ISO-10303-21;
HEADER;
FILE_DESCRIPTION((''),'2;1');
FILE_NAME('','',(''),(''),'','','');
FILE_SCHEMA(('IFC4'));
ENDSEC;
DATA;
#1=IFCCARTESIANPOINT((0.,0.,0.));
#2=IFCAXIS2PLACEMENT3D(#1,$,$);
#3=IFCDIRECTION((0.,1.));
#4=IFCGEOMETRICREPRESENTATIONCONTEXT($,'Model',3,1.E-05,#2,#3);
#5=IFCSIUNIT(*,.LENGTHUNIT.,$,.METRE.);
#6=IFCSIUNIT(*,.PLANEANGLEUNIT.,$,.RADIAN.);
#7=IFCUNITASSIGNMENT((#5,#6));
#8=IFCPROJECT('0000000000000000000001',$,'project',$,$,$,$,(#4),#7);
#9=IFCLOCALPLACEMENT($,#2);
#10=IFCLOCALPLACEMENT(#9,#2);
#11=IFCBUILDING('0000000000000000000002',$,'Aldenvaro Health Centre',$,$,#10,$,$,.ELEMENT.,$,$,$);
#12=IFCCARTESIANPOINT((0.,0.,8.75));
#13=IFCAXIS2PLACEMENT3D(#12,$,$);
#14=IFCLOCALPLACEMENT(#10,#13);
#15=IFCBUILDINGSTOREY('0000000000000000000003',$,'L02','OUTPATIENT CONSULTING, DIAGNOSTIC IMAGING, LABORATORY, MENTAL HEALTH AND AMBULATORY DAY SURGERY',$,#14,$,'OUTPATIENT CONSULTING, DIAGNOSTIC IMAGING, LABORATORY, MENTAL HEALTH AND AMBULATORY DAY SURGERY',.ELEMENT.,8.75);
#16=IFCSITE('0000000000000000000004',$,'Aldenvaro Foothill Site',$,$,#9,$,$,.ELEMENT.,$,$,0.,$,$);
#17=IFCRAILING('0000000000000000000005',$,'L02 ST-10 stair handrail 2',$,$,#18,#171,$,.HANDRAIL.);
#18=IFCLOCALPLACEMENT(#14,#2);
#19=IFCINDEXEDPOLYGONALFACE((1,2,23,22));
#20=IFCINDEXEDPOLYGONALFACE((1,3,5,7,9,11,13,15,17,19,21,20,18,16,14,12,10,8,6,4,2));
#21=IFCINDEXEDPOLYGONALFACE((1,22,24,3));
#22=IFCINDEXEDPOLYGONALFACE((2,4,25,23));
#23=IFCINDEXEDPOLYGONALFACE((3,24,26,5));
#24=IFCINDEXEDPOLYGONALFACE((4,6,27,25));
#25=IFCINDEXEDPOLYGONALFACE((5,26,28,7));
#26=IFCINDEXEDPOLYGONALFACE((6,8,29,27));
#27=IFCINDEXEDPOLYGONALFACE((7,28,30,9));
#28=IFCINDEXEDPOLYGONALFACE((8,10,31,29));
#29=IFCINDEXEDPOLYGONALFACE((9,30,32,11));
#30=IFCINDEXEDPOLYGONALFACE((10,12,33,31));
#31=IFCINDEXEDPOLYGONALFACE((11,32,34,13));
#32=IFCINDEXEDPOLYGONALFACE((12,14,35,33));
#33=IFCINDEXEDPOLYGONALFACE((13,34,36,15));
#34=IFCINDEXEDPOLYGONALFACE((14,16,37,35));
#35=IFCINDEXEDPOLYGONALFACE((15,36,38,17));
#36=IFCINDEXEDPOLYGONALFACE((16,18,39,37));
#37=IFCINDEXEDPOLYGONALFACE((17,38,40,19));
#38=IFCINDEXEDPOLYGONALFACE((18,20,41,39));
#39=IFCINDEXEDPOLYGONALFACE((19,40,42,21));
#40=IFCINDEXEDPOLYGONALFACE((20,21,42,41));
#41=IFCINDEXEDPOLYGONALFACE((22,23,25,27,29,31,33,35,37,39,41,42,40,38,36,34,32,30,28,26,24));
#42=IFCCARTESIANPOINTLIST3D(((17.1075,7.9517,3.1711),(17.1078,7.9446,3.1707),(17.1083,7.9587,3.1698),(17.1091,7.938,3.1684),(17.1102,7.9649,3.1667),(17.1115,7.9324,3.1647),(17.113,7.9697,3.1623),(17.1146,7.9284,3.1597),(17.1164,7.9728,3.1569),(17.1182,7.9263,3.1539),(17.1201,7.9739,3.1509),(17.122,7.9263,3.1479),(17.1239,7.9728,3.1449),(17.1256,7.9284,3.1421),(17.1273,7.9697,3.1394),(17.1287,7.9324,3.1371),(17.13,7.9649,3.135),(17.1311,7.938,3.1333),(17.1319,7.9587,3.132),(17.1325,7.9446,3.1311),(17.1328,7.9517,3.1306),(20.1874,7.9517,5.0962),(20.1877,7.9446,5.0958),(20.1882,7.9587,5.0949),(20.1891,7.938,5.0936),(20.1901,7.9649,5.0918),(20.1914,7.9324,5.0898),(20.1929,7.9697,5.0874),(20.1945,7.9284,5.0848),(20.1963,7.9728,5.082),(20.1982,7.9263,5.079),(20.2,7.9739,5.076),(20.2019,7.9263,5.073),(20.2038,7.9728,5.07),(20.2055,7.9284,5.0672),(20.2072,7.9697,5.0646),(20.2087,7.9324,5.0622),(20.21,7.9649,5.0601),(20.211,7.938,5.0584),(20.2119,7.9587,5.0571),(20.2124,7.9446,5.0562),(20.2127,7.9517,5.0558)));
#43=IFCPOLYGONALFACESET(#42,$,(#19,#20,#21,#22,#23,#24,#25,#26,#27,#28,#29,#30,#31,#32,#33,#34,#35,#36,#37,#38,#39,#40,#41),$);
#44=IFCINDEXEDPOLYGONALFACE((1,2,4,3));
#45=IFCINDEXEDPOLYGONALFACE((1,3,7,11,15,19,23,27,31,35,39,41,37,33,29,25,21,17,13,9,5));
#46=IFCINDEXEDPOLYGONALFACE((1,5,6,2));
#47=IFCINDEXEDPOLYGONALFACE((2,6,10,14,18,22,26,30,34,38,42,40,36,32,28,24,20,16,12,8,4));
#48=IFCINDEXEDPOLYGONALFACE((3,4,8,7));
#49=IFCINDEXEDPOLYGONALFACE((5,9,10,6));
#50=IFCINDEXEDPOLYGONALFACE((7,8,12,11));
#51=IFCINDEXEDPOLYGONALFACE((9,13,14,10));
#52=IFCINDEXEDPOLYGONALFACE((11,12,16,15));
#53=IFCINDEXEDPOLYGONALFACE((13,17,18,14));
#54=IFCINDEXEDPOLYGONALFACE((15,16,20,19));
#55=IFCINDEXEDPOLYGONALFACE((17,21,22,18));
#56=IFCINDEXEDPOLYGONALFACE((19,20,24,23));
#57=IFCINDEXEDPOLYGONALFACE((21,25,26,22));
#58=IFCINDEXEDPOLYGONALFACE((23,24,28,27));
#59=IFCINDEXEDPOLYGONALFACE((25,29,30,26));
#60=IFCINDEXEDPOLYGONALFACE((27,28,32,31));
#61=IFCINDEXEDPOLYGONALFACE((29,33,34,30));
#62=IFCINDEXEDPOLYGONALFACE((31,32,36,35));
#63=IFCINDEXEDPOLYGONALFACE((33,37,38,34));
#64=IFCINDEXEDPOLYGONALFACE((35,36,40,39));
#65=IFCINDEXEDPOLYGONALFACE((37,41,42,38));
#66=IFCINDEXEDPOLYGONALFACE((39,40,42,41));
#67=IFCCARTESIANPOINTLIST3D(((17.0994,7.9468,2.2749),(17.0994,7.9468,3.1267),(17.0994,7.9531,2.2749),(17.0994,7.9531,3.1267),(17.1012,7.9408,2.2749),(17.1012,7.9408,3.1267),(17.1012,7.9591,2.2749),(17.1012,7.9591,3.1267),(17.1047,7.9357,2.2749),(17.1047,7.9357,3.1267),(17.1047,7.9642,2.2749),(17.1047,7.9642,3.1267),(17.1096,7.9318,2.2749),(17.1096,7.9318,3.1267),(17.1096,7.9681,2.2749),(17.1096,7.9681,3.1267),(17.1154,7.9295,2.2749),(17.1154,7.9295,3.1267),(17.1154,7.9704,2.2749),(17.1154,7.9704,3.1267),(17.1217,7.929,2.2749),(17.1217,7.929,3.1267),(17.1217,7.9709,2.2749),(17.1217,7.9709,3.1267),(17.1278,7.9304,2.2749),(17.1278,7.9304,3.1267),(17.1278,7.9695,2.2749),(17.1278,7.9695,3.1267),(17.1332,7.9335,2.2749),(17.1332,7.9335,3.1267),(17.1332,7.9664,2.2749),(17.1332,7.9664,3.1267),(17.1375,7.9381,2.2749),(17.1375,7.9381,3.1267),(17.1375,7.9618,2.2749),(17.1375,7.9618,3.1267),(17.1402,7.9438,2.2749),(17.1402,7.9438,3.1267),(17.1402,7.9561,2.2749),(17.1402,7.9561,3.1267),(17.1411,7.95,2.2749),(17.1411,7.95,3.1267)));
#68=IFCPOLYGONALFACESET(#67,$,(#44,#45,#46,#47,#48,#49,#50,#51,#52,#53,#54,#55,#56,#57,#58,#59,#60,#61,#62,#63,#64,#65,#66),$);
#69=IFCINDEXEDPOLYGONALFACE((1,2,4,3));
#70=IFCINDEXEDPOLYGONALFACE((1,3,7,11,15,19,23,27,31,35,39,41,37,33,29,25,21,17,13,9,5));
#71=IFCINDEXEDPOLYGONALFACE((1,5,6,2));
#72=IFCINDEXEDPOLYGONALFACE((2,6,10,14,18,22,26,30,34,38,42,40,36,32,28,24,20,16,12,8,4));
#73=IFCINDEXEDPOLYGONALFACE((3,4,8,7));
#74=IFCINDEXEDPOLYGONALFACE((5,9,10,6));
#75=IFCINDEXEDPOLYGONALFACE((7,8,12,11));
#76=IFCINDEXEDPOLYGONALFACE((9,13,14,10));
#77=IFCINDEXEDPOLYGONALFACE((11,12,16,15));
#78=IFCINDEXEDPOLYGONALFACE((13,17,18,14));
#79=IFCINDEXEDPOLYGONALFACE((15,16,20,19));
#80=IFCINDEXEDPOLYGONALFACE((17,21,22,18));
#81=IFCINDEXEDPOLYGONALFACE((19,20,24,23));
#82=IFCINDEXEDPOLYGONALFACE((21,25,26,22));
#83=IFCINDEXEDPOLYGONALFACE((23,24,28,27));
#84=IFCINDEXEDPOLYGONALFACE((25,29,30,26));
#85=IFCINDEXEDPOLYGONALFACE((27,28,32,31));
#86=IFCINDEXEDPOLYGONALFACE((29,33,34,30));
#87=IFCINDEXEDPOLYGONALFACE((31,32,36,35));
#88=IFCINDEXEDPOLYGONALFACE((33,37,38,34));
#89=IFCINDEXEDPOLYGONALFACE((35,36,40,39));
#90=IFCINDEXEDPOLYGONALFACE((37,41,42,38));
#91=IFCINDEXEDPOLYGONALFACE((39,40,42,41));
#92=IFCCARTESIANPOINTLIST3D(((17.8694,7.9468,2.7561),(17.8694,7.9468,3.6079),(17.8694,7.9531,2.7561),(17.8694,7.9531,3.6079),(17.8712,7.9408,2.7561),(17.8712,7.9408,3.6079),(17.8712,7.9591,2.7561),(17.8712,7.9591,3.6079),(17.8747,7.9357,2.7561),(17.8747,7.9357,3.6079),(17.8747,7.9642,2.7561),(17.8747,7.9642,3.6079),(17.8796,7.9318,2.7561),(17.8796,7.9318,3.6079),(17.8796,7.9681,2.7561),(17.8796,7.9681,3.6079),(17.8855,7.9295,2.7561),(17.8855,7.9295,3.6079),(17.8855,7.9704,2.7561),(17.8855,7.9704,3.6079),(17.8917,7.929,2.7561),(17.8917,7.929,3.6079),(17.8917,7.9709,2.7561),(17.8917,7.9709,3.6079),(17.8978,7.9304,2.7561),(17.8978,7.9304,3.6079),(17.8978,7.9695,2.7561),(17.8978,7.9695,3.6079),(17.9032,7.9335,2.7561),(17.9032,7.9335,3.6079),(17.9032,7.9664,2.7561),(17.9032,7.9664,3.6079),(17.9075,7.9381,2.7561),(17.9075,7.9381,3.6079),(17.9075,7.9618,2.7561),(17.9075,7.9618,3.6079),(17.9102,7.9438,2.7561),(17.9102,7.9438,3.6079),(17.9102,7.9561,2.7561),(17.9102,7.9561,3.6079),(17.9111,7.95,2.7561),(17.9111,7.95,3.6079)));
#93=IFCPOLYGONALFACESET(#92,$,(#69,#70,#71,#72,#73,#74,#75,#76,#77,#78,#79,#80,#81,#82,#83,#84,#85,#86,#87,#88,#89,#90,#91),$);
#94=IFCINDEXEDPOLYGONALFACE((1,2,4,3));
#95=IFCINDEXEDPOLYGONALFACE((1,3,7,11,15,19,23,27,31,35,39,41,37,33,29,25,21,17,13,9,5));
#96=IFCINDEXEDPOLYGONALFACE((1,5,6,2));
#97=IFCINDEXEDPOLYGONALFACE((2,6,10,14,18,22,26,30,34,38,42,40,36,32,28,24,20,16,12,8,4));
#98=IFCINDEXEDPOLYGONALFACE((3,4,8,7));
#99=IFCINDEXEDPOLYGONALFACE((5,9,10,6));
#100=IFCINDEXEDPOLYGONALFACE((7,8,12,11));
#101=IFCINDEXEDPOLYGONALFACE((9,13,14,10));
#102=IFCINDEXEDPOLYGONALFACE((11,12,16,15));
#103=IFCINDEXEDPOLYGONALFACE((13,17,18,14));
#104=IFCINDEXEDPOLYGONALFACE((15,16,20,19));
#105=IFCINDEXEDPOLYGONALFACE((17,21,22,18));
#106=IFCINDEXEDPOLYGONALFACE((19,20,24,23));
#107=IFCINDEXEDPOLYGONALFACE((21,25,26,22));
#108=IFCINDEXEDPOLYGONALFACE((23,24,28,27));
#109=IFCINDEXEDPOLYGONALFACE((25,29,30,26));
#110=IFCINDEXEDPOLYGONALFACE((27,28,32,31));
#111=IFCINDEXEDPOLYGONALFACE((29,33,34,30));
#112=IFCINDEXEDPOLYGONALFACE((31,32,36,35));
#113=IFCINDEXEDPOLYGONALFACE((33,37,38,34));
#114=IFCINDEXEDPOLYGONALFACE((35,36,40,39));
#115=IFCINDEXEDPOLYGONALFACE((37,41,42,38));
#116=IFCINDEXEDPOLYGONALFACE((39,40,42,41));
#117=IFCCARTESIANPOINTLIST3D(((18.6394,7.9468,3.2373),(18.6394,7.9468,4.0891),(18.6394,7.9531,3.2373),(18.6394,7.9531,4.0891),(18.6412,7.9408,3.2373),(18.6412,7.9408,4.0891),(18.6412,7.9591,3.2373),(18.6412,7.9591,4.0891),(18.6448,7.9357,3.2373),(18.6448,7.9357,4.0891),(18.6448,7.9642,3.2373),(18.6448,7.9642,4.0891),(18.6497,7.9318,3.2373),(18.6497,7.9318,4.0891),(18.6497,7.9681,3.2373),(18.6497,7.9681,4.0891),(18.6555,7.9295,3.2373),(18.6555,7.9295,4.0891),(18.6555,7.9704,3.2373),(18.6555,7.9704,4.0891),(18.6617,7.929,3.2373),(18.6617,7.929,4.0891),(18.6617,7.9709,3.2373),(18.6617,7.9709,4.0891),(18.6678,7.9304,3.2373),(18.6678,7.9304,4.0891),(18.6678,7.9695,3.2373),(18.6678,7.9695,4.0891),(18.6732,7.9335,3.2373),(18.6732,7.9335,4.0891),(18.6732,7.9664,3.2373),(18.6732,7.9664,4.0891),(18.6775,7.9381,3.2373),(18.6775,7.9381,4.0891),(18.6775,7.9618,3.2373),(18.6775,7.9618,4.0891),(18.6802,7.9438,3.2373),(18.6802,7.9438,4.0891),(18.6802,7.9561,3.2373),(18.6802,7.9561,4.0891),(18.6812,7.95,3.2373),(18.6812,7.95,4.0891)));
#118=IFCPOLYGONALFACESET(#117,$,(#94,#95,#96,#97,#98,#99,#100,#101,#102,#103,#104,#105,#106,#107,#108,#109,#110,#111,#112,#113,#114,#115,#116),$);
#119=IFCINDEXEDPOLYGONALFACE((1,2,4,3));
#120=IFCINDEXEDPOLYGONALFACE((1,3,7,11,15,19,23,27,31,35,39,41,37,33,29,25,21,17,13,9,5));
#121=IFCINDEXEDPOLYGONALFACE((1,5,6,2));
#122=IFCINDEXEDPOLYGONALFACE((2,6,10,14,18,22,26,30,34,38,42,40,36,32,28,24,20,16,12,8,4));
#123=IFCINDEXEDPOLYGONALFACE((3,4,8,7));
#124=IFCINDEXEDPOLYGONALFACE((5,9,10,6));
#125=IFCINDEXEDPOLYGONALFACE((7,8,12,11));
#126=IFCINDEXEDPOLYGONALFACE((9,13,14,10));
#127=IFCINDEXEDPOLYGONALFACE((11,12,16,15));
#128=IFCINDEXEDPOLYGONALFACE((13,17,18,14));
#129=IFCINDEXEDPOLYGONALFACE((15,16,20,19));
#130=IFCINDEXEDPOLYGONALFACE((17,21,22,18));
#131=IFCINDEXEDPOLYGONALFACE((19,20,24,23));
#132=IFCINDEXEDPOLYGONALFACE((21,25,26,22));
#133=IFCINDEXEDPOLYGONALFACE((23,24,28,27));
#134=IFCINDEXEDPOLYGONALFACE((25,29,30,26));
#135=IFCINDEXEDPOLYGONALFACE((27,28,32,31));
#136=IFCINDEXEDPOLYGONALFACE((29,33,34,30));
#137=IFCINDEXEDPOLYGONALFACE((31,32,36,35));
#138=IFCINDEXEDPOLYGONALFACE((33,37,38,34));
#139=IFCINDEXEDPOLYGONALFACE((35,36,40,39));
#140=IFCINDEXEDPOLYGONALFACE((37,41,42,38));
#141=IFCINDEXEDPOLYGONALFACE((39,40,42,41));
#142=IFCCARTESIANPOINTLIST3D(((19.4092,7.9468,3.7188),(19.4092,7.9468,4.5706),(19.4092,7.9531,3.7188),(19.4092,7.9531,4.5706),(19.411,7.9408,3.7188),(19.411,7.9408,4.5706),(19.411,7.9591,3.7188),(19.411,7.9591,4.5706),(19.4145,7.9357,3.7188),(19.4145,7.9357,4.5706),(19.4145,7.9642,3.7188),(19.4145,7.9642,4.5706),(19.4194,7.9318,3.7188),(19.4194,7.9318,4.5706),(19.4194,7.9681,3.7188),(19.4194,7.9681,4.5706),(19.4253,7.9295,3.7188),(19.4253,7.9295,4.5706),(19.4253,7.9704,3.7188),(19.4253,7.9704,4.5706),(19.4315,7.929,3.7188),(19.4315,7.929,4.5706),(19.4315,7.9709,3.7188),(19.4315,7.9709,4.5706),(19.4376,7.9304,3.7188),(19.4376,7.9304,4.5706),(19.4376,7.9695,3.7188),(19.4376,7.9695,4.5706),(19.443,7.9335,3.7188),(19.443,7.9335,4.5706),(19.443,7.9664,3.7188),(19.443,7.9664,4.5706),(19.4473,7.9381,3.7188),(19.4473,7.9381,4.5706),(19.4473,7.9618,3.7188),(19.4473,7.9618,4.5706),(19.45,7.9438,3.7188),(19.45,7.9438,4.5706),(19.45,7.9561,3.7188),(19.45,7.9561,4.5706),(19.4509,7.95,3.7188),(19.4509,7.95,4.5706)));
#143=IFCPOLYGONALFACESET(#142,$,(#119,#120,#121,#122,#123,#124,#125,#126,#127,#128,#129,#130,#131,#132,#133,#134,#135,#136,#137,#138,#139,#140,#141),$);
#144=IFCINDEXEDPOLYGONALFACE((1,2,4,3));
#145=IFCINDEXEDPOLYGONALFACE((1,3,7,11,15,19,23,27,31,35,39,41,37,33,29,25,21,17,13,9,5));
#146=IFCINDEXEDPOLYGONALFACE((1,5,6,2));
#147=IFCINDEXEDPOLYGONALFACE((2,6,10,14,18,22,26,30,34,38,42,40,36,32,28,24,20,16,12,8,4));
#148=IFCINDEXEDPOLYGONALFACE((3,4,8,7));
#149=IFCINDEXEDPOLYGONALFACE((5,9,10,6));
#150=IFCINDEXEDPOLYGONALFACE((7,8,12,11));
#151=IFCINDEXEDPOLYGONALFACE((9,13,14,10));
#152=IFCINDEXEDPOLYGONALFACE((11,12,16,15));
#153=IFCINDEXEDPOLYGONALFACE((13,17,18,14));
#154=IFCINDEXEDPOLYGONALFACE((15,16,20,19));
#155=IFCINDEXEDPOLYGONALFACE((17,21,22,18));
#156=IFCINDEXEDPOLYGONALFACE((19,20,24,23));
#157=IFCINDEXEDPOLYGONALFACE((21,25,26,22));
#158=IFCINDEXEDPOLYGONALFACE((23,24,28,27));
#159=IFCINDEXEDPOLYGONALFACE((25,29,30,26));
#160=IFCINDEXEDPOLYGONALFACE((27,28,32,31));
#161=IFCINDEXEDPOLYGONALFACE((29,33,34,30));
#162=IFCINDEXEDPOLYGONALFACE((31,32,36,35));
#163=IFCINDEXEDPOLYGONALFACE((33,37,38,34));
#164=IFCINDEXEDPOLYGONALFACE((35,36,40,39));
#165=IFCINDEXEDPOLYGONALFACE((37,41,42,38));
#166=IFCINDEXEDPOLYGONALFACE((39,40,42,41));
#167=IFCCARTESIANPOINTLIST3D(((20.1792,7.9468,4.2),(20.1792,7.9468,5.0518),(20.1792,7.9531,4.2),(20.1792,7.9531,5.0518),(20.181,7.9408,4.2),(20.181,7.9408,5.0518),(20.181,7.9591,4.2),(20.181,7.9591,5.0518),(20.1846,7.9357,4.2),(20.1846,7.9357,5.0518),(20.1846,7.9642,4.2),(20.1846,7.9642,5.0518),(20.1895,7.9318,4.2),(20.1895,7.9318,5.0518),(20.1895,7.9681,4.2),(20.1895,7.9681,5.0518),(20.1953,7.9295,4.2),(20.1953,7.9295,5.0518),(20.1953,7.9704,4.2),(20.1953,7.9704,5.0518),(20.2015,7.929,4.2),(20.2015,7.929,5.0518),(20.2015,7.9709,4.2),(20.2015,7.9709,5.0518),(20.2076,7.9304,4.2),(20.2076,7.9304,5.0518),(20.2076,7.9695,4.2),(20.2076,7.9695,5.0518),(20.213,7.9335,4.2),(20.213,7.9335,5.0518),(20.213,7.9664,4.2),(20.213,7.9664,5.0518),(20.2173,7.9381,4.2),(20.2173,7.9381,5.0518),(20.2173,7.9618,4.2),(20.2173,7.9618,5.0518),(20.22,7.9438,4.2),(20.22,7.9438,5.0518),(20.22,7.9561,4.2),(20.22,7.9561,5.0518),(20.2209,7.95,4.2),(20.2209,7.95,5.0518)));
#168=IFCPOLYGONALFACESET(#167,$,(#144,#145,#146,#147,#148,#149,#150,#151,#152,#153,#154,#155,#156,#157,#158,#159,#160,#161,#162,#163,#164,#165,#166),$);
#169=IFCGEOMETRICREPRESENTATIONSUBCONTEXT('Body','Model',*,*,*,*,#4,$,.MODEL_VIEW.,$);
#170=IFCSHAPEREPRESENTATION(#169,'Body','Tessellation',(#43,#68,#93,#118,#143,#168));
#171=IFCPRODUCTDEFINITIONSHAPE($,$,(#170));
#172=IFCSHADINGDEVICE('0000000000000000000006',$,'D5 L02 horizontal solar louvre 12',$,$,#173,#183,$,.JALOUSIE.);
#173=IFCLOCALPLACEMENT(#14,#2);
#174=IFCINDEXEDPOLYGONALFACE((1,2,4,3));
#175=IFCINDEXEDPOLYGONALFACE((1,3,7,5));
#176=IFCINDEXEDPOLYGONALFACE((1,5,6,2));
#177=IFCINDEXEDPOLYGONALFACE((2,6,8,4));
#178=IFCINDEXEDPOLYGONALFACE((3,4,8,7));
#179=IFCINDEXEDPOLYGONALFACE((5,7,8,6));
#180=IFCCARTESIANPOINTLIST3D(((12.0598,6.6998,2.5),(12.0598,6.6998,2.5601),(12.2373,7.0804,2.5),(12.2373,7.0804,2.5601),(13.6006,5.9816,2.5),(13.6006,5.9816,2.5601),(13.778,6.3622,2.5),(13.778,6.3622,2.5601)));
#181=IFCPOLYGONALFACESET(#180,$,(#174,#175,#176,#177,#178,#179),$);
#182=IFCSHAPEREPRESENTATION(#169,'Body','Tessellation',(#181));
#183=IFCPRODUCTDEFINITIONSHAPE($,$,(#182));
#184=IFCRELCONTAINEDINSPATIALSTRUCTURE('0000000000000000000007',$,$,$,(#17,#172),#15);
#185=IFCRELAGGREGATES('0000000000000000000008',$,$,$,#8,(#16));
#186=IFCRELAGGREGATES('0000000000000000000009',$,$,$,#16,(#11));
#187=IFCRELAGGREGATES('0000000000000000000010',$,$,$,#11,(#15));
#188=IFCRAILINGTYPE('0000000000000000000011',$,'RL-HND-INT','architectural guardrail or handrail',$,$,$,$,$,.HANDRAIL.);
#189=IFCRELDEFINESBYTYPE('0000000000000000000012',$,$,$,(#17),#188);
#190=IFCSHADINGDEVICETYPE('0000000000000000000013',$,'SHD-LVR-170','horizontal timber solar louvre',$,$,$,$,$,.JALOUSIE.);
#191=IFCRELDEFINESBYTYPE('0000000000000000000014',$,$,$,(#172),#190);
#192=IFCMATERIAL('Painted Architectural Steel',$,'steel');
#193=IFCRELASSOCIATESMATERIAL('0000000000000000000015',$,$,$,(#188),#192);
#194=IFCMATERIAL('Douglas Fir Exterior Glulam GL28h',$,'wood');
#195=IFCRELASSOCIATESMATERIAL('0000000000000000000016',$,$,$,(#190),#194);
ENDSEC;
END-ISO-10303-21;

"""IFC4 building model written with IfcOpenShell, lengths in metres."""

from ifc_helpers import new_model, si_unit, direction, frame, origin, origin_2d, place, context, subcontext, project, spatial, rectangle, circle, extrude, material, type_object, element, save


model = new_model("IFC4")

# Units and contexts
model_context = context("Model", 3, precision=1e-05, world=origin(), true_north=direction((0.0, 1.0)))
body_context = subcontext(model_context, "Body", "Model", "MODEL_VIEW")
ifc_project = project(units=[si_unit("LENGTHUNIT", "METRE"), si_unit("PLANEANGLEUNIT", "RADIAN")], contexts=[model_context])

# Site, building, storey
site_placement = place(None, origin())
site = spatial("IfcSite", under=ifc_project, at=site_placement, Name="Aldenvaro Foothill Site", CompositionType="ELEMENT", RefElevation=0.0)
building_placement = place(site_placement, origin())
building = spatial("IfcBuilding", under=site, at=building_placement, Name="Aldenvaro Health Centre", CompositionType="ELEMENT")
storey_placement = place(building_placement, frame((0.0, 0.0, 8.75)))
storey = spatial("IfcBuildingStorey", under=building, at=storey_placement, Name="L02", Description="OUTPATIENT CONSULTING, DIAGNOSTIC IMAGING, LABORATORY, MENTAL HEALTH AND AMBULATORY DAY SURGERY", LongName="OUTPATIENT CONSULTING, DIAGNOSTIC IMAGING, LABORATORY, MENTAL HEALTH AND AMBULATORY DAY SURGERY", CompositionType="ELEMENT", Elevation=8.75)

# Railing
ifc_material_1 = material(Name="Painted Architectural Steel", Category="steel")
railing_type_1 = type_object("IfcRailingType", Name="RL-HND-INT", Description="architectural guardrail or handrail", PredefinedType="HANDRAIL", material=ifc_material_1)
railing_1_placement = place(storey_placement, frame((17.1201, 7.95, 2.2749)))
element("IfcRailing", 1, at=railing_1_placement, inside=storey, type_object=railing_type_1, Name="L02 ST-10 stair handrail 2", PredefinedType="HANDRAIL", context=body_context, shape_type="SweptSolid", body=[
    extrude(circle(Radius=0.0239, at=origin_2d()), frame((0.0, 0.0, 0.876), z_axis=(0.847979, 0.0, 0.530029), x_axis=(0.0, 1.0, 0.0)), (0.0, 0.0, 1.0), 3.6321),
    extrude(circle(Radius=0.021, at=origin_2d()), origin(), (0.0, 0.0, 1.0), 0.8518),
    extrude(circle(Radius=0.021, at=origin_2d()), frame((0.77, 0.0, 0.4812)), (0.0, 0.0, 1.0), 0.8518),
    extrude(circle(Radius=0.021, at=origin_2d()), frame((1.54, 0.0, 0.9624)), (0.0, 0.0, 1.0), 0.8518),
    extrude(circle(Radius=0.021, at=origin_2d()), frame((2.3098, 0.0, 1.4438)), (0.0, 0.0, 1.0), 0.8518),
    extrude(circle(Radius=0.021, at=origin_2d()), frame((3.0798, 0.0, 1.925)), (0.0, 0.0, 1.0), 0.8518),
])

# Shading device
ifc_material_2 = material(Name="Douglas Fir Exterior Glulam GL28h", Category="wood")
shading_device_type = type_object("IfcShadingDeviceType", Name="SHD-LVR-170", Description="horizontal timber solar louvre", PredefinedType="JALOUSIE", material=ifc_material_2)
shading_device_placement = place(storey_placement, frame((12.9189, 6.531, 2.5), z_axis=(0.0, 0.0, 1.0), x_axis=(-0.906365, 0.422496, 0.0)))
element("IfcShadingDevice", 2, at=shading_device_placement, inside=storey, type_object=shading_device_type, Name="D5 L02 horizontal solar louvre 12", PredefinedType="JALOUSIE", context=body_context, shape_type="SweptSolid", body=[
    extrude(rectangle(XDim=1.7, YDim=0.4199, at=origin_2d()), origin(), (0.0, 0.0, 1.0), 0.0601),
])

save(model, "model.ifc")
